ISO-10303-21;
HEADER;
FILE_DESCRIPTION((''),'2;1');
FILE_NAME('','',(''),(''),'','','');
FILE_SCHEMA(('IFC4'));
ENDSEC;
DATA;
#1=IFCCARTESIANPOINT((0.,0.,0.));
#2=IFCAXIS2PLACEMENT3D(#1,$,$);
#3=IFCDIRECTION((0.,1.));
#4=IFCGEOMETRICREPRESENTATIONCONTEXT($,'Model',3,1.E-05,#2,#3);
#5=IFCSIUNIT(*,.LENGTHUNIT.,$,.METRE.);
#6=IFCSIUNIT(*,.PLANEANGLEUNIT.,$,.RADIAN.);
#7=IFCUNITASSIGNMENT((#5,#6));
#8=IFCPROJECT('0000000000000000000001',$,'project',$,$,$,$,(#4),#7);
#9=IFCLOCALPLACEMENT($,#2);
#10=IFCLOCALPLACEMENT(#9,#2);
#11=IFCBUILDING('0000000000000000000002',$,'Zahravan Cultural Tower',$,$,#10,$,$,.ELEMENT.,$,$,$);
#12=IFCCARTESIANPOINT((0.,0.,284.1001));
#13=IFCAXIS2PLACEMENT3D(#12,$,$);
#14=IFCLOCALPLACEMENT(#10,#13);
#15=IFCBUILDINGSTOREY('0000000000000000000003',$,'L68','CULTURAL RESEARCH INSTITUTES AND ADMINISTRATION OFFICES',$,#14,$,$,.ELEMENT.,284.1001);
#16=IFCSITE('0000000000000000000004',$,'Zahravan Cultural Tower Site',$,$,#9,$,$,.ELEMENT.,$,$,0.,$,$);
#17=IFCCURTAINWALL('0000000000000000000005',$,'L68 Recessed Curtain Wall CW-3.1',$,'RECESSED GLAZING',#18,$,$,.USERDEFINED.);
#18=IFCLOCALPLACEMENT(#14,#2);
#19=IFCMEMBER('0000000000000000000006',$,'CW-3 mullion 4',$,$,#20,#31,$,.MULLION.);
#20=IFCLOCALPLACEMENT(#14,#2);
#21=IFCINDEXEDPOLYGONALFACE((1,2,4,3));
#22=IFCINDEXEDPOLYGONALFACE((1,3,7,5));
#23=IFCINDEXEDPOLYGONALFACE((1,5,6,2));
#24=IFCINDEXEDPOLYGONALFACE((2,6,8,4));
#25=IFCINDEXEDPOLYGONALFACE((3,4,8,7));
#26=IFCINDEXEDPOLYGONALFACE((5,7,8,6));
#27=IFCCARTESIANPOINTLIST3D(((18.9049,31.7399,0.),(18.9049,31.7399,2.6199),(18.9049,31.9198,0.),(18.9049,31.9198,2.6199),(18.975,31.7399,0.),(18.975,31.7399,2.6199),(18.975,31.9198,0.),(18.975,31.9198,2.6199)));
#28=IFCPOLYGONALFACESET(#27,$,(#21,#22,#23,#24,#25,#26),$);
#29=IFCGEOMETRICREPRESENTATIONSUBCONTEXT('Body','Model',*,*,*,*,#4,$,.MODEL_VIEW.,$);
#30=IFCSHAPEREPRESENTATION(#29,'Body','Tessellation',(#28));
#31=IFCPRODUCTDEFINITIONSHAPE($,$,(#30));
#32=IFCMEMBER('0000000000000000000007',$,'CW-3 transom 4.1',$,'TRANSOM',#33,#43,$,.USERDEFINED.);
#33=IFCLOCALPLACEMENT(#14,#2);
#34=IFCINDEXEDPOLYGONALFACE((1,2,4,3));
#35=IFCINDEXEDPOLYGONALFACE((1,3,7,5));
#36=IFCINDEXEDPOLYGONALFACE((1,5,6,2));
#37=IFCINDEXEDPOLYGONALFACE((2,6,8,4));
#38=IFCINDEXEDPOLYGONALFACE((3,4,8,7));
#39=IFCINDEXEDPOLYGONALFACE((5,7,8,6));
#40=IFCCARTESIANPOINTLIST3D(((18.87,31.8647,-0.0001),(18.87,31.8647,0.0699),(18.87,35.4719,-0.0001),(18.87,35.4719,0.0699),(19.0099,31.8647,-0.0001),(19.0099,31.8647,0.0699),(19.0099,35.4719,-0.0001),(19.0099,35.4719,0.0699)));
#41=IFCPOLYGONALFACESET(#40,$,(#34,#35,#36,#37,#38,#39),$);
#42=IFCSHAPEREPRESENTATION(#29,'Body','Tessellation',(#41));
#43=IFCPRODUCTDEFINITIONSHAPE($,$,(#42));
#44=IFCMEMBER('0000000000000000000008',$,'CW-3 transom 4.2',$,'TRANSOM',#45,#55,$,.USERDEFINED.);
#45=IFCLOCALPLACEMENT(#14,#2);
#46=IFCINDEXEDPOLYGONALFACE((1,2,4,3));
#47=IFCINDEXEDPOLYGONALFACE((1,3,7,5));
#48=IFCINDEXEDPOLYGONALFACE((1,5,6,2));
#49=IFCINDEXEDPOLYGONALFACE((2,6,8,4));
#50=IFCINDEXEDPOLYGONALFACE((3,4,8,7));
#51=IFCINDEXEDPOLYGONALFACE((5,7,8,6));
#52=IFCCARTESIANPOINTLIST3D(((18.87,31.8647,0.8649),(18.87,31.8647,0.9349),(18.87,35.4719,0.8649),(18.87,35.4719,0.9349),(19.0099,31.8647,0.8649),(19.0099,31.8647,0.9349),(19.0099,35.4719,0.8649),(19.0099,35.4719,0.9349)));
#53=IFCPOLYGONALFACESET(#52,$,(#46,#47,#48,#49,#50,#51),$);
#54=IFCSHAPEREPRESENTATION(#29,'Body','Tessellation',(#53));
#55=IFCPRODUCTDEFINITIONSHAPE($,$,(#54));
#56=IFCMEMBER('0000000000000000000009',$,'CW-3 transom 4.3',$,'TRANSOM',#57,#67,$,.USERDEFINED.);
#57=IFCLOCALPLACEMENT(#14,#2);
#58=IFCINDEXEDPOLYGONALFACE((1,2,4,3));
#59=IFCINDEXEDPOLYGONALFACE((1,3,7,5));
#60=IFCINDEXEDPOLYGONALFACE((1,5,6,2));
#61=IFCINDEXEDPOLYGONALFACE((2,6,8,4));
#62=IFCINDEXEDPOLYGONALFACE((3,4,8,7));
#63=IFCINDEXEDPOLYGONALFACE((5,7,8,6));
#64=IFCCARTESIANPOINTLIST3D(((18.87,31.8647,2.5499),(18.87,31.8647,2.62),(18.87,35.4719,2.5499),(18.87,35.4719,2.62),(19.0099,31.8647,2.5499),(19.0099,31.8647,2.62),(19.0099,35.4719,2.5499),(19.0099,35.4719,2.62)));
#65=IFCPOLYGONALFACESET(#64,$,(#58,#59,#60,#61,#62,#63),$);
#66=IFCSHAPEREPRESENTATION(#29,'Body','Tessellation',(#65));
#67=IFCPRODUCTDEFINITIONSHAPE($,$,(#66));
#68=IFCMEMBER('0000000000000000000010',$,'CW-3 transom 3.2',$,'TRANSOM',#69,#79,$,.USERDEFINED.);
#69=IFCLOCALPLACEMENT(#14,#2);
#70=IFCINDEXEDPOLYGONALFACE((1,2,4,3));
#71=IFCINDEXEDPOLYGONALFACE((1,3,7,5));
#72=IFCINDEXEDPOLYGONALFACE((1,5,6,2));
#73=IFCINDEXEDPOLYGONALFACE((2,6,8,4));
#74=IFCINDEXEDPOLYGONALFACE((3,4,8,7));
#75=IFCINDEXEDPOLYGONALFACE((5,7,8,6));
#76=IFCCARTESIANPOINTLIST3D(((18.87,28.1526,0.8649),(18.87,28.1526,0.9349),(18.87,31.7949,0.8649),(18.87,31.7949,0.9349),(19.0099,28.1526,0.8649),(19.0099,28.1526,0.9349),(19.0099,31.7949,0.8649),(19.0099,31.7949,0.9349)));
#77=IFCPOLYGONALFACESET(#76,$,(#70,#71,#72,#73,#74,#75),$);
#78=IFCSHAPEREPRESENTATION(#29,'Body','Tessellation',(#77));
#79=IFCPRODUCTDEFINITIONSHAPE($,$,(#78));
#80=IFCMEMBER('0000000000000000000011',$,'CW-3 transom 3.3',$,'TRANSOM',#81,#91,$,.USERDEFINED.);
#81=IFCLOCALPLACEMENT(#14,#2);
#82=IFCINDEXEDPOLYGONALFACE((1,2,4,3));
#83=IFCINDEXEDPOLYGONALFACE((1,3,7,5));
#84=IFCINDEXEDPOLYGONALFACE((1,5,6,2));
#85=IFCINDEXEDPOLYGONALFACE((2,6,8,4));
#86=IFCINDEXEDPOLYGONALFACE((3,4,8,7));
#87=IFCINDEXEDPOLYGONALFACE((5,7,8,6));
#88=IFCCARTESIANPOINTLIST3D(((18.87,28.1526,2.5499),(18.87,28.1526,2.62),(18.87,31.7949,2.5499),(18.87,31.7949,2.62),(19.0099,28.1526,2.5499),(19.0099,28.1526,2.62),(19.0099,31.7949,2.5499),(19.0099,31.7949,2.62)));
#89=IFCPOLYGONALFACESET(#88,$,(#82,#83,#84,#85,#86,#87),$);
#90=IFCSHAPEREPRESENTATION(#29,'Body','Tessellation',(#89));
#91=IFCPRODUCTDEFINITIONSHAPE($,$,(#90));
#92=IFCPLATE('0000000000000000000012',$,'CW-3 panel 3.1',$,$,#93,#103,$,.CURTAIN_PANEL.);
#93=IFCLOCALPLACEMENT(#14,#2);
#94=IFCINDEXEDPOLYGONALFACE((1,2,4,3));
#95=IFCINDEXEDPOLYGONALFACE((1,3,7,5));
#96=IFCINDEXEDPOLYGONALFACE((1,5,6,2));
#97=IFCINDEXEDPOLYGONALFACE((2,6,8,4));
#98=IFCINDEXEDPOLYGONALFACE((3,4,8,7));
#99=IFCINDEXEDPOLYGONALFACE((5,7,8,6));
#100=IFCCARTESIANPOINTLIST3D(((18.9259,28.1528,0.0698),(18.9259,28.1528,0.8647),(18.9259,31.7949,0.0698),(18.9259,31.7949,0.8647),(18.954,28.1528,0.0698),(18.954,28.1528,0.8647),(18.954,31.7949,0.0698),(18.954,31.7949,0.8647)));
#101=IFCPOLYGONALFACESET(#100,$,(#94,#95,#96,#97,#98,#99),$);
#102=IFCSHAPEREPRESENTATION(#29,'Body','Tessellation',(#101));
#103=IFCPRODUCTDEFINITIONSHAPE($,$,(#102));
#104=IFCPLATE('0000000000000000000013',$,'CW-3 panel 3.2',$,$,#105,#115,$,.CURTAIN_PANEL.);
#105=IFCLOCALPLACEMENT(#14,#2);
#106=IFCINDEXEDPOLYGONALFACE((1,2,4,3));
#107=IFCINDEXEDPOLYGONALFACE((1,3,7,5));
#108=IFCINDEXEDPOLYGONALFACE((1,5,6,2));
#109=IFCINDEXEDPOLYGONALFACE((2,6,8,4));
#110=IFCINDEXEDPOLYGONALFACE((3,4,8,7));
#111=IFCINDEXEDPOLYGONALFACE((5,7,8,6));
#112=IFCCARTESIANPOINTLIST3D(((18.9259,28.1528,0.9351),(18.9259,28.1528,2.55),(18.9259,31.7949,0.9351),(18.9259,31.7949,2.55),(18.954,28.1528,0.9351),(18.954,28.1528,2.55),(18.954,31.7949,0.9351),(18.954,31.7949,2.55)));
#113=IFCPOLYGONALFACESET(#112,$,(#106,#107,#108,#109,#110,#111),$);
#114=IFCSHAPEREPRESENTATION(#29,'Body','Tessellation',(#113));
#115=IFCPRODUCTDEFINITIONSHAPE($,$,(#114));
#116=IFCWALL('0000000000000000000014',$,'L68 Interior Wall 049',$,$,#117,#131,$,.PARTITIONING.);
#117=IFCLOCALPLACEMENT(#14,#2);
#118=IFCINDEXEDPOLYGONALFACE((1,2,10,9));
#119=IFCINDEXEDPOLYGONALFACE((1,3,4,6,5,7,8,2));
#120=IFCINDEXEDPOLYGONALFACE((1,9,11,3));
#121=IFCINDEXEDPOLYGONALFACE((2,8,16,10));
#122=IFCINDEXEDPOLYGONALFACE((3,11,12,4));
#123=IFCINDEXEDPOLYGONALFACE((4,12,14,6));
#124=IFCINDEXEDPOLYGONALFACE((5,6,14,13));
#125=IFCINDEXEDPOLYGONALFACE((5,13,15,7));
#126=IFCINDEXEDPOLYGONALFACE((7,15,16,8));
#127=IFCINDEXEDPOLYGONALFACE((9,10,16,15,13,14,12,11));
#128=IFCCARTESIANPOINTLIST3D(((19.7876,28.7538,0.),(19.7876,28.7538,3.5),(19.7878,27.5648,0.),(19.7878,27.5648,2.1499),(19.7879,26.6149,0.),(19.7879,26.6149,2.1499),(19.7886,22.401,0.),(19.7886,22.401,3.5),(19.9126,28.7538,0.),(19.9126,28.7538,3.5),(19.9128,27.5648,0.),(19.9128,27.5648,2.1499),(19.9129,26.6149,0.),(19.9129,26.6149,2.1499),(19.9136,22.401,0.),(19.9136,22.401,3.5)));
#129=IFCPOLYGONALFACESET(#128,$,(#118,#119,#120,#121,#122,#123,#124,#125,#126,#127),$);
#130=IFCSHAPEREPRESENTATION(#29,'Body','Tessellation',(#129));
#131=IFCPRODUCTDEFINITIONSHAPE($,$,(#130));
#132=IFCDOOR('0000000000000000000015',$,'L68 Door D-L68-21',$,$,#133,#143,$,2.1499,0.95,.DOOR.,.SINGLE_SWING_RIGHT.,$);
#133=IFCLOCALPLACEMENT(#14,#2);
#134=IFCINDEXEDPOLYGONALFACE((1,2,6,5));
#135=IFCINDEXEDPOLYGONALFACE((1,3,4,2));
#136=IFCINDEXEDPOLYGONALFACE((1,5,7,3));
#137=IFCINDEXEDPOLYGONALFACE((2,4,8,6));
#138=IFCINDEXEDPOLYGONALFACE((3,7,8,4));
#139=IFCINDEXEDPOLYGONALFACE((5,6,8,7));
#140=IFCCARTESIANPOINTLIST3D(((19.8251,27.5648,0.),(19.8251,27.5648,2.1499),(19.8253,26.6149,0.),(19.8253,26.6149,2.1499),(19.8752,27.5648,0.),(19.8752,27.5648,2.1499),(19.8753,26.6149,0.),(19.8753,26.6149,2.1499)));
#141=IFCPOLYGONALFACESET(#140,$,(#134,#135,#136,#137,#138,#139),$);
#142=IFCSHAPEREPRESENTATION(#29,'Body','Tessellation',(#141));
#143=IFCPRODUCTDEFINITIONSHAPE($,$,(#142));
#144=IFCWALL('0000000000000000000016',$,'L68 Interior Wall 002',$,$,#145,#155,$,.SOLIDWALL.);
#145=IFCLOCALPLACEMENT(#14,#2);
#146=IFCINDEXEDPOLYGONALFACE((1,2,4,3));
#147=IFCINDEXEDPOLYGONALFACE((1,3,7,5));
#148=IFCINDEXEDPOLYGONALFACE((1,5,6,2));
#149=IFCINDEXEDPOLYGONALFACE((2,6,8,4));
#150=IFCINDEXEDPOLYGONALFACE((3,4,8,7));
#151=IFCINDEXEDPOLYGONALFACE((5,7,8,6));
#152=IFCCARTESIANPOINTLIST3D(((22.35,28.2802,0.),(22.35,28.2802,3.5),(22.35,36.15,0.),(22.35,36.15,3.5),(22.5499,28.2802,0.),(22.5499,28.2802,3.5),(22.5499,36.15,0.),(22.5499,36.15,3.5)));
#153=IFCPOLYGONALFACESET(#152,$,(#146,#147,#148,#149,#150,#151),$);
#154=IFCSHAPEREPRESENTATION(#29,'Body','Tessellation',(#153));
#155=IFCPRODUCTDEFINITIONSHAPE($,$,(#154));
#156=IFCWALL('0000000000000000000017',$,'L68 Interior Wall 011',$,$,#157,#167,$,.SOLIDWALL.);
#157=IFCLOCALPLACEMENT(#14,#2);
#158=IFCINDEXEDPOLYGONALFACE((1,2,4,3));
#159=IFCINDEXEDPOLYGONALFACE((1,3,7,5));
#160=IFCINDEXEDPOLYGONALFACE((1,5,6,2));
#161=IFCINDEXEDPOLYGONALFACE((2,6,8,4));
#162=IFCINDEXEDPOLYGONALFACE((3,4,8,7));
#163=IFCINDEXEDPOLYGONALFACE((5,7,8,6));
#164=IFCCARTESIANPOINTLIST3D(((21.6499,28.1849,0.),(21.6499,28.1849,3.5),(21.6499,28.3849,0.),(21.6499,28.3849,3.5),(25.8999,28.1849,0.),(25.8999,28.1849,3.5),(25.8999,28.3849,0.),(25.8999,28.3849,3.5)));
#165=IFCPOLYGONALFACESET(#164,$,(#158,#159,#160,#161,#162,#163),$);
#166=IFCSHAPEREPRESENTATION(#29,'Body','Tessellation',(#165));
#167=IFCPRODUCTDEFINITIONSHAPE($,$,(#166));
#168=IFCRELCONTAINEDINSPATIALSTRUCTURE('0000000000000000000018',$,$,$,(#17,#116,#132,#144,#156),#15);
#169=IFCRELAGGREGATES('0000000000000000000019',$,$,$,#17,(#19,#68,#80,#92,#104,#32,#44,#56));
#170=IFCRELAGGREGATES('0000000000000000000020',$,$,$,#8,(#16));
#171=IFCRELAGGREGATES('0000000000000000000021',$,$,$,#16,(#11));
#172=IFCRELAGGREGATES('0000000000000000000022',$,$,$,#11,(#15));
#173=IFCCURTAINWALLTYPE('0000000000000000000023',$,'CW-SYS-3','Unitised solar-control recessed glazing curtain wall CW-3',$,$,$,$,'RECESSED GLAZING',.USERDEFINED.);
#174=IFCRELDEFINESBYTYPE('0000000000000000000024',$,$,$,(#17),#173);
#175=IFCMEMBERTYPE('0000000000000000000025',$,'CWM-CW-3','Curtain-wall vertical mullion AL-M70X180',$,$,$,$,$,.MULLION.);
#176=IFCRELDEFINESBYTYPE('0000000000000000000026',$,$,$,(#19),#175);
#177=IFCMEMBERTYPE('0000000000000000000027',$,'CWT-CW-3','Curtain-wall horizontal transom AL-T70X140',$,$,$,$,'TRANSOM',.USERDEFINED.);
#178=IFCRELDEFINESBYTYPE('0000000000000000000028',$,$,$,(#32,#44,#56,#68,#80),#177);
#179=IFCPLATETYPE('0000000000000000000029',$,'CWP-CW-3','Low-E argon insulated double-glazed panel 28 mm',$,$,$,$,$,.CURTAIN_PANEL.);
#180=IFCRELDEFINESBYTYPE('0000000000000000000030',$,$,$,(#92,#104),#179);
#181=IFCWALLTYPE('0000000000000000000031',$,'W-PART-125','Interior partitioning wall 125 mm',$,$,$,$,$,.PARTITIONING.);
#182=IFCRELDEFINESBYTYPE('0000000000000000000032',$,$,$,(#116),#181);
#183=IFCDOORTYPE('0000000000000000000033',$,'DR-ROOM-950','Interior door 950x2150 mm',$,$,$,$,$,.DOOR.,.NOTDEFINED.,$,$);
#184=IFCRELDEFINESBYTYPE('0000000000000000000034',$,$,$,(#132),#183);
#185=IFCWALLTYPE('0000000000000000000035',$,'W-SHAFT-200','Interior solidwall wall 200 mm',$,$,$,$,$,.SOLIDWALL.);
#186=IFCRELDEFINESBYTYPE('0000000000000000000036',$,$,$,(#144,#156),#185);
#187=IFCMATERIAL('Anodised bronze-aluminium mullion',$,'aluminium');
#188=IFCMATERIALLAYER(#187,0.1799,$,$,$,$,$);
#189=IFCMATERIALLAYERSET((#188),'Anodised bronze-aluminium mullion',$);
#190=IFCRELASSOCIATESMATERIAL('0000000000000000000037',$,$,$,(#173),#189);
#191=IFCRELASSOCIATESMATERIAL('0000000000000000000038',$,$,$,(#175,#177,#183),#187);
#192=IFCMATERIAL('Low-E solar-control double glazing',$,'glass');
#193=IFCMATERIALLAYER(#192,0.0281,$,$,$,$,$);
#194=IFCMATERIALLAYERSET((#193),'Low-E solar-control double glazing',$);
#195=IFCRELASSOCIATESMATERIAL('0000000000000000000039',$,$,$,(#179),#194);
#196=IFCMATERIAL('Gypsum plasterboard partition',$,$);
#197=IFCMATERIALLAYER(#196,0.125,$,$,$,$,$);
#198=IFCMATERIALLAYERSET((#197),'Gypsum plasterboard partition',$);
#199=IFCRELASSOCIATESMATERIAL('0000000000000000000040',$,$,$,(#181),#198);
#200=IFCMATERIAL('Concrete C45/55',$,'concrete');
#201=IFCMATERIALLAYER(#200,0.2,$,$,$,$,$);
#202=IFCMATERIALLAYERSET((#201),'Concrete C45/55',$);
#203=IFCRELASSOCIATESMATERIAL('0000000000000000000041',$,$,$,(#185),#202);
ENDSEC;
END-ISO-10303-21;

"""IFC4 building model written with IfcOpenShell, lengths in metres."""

from ifc_helpers import new_model, si_unit, direction, frame, frame_2d, origin, origin_2d, place, context, subcontext, project, spatial, rectangle, extrude, source, transform, mapped, material, layer, layer_set, material_profile, profile_set, type_object, element, fill, aggregate, save


model = new_model("IFC4")

# Units and contexts
model_context = context("Model", 3, precision=1e-05, world=origin(), true_north=direction((0.0, 1.0)))
body_context = subcontext(model_context, "Body", "Model", "MODEL_VIEW")
ifc_project = project(units=[si_unit("LENGTHUNIT", "METRE"), si_unit("PLANEANGLEUNIT", "RADIAN")], contexts=[model_context])

# Site, building, storey
site_placement = place(None, origin())
site = spatial("IfcSite", under=ifc_project, at=site_placement, Name="Zahravan Cultural Tower Site", CompositionType="ELEMENT", RefElevation=0.0)
building_placement = place(site_placement, origin())
building = spatial("IfcBuilding", under=site, at=building_placement, Name="Zahravan Cultural Tower", CompositionType="ELEMENT")
storey_placement = place(building_placement, frame((0.0, 0.0, 284.1001)))
storey = spatial("IfcBuildingStorey", under=building, at=storey_placement, Name="L68", Description="CULTURAL RESEARCH INSTITUTES AND ADMINISTRATION OFFICES", CompositionType="ELEMENT", Elevation=284.1001)

# Curtain wall, members, plates
ifc_material_1 = material(Name="Anodised bronze-aluminium mullion", Category="aluminium")
ifc_layer_1 = layer(ifc_material_1, 0.1799)
ifc_layer_set_1 = layer_set([ifc_layer_1], Name="Anodised bronze-aluminium mullion")
curtain_wall_type = type_object("IfcCurtainWallType", Name="CW-SYS-3", Description="Unitised solar-control recessed glazing curtain wall CW-3", ElementType="RECESSED GLAZING", PredefinedType="USERDEFINED", material=ifc_layer_set_1)
curtain_wall_placement = place(storey_placement, origin())
curtain_wall = element("IfcCurtainWall", 1, at=curtain_wall_placement, inside=storey, type_object=curtain_wall_type, Name="L68 Recessed Curtain Wall CW-3.1", ObjectType="RECESSED GLAZING", PredefinedType="USERDEFINED")
ifc_material_profile_1 = material_profile(ifc_material_1, rectangle(XDim=0.0701, YDim=0.1799, at=origin_2d()), Name="AL-M70X180")
ifc_profile_set_1 = profile_set([ifc_material_profile_1], Name="Anodised bronze-aluminium mullion")
member_type_1 = type_object("IfcMemberType", Name="CWM-CW-3", Description="Curtain-wall vertical mullion AL-M70X180", PredefinedType="MULLION", material=ifc_profile_set_1)
shared_shape_1 = source(origin(), body_context, "Body", "SweptSolid", [
    extrude(rectangle(XDim=0.0701, YDim=0.1799, at=origin_2d()), origin(), (0.0, 0.0, 1.0), 2.6199),
])
member_1_placement = place(storey_placement, frame((18.9399, 31.8298, 0.0), z_axis=(0.0, 0.0, 1.0), x_axis=(-1.0, 0.0, 0.0)))
member_1 = element("IfcMember", 2, at=member_1_placement, type_object=member_type_1, Name="CW-3 mullion 4", PredefinedType="MULLION", context=body_context, shape_type="MappedRepresentation", body=[
    mapped(shared_shape_1, transform((0.0, 0.0, 0.0), x_axis=(1.0, 0.0, 0.0), y_axis=(0.0, 1.0, 0.0), z_axis=(0.0, 0.0, 1.0), scale=1.0)),
])
ifc_material_profile_2 = material_profile(ifc_material_1, rectangle(XDim=0.1399, YDim=0.0701, at=origin_2d()), Name="AL-T70X140")
ifc_profile_set_2 = profile_set([ifc_material_profile_2], Name="Anodised bronze-aluminium mullion")
member_type_2 = type_object("IfcMemberType", Name="CWT-CW-3", Description="Curtain-wall horizontal transom AL-T70X140", ElementType="TRANSOM", PredefinedType="USERDEFINED", material=ifc_profile_set_2)
shared_shape_2 = source(origin(), body_context, "Body", "SweptSolid", [
    extrude(rectangle(XDim=0.1399, YDim=0.0701, at=origin_2d()), origin(), (0.0, 0.0, 1.0), 3.6072),
])
member_2_placement = place(storey_placement, frame((18.9399, 31.8647, 0.0349), z_axis=(0.0, 1.0, 0.0), x_axis=(-1.0, 0.0, 0.0)))
member_2 = element("IfcMember", 3, at=member_2_placement, type_object=member_type_2, Name="CW-3 transom 4.1", ObjectType="TRANSOM", PredefinedType="USERDEFINED", context=body_context, shape_type="MappedRepresentation", body=[
    mapped(shared_shape_2, transform((0.0, 0.0, 0.0), x_axis=(1.0, 0.0, 0.0), y_axis=(0.0, 1.0, 0.0), z_axis=(0.0, 0.0, 1.0), scale=1.0)),
])
member_3_placement = place(storey_placement, frame((18.9399, 31.8647, 0.8999), z_axis=(0.0, 1.0, 0.0), x_axis=(-1.0, 0.0, 0.0)))
member_3 = element("IfcMember", 4, at=member_3_placement, type_object=member_type_2, Name="CW-3 transom 4.2", ObjectType="TRANSOM", PredefinedType="USERDEFINED", context=body_context, shape_type="MappedRepresentation", body=[
    mapped(shared_shape_2, transform((0.0, 0.0, 0.0), x_axis=(1.0, 0.0, 0.0), y_axis=(0.0, 1.0, 0.0), z_axis=(0.0, 0.0, 1.0), scale=1.0)),
])
member_4_placement = place(storey_placement, frame((18.9399, 31.8647, 2.585), z_axis=(0.0, 1.0, 0.0), x_axis=(-1.0, 0.0, 0.0)))
member_4 = element("IfcMember", 5, at=member_4_placement, type_object=member_type_2, Name="CW-3 transom 4.3", ObjectType="TRANSOM", PredefinedType="USERDEFINED", context=body_context, shape_type="MappedRepresentation", body=[
    mapped(shared_shape_2, transform((0.0, 0.0, 0.0), x_axis=(1.0, 0.0, 0.0), y_axis=(0.0, 1.0, 0.0), z_axis=(0.0, 0.0, 1.0), scale=1.0)),
])
shared_shape_3 = source(origin(), body_context, "Body", "SweptSolid", [
    extrude(rectangle(XDim=0.1399, YDim=0.0701, at=origin_2d()), origin(), (0.0, 0.0, 1.0), 3.6423),
])
member_5_placement = place(storey_placement, frame((18.9399, 28.1526, 0.8999), z_axis=(0.0, 1.0, 0.0), x_axis=(-1.0, 0.0, 0.0)))
member_5 = element("IfcMember", 6, at=member_5_placement, type_object=member_type_2, Name="CW-3 transom 3.2", ObjectType="TRANSOM", PredefinedType="USERDEFINED", context=body_context, shape_type="MappedRepresentation", body=[
    mapped(shared_shape_3, transform((0.0, 0.0, 0.0), x_axis=(1.0, 0.0, 0.0), y_axis=(0.0, 1.0, 0.0), z_axis=(0.0, 0.0, 1.0), scale=1.0)),
])
member_6_placement = place(storey_placement, frame((18.9399, 28.1526, 2.585), z_axis=(0.0, 1.0, 0.0), x_axis=(-1.0, 0.0, 0.0)))
member_6 = element("IfcMember", 7, at=member_6_placement, type_object=member_type_2, Name="CW-3 transom 3.3", ObjectType="TRANSOM", PredefinedType="USERDEFINED", context=body_context, shape_type="MappedRepresentation", body=[
    mapped(shared_shape_3, transform((0.0, 0.0, 0.0), x_axis=(1.0, 0.0, 0.0), y_axis=(0.0, 1.0, 0.0), z_axis=(0.0, 0.0, 1.0), scale=1.0)),
])
ifc_material_2 = material(Name="Low-E solar-control double glazing", Category="glass")
ifc_layer_2 = layer(ifc_material_2, 0.0281)
ifc_layer_set_2 = layer_set([ifc_layer_2], Name="Low-E solar-control double glazing")
plate_type = type_object("IfcPlateType", Name="CWP-CW-3", Description="Low-E argon insulated double-glazed panel 28 mm", PredefinedType="CURTAIN_PANEL", material=ifc_layer_set_2)
shared_shape_4 = source(origin(), body_context, "Body", "SweptSolid", [
    extrude(rectangle(XDim=3.6421, YDim=0.0281, at=origin_2d()), origin(), (0.0, 0.0, 1.0), 0.7949),
])
plate_1_placement = place(storey_placement, frame((18.9399, 29.9739, 0.0698), z_axis=(0.0, 0.0, 1.0), x_axis=(0.0, 1.0, 0.0)))
plate_1 = element("IfcPlate", 8, at=plate_1_placement, type_object=plate_type, Name="CW-3 panel 3.1", PredefinedType="CURTAIN_PANEL", context=body_context, shape_type="MappedRepresentation", body=[
    mapped(shared_shape_4, transform((0.0, 0.0, 0.0), x_axis=(1.0, 0.0, 0.0), y_axis=(0.0, 1.0, 0.0), z_axis=(0.0, 0.0, 1.0), scale=1.0)),
])
shared_shape_5 = source(origin(), body_context, "Body", "SweptSolid", [
    extrude(rectangle(XDim=3.6421, YDim=0.0281, at=origin_2d()), origin(), (0.0, 0.0, 1.0), 1.615),
])
plate_2_placement = place(storey_placement, frame((18.9399, 29.9739, 0.9351), z_axis=(0.0, 0.0, 1.0), x_axis=(0.0, 1.0, 0.0)))
plate_2 = element("IfcPlate", 9, at=plate_2_placement, type_object=plate_type, Name="CW-3 panel 3.2", PredefinedType="CURTAIN_PANEL", context=body_context, shape_type="MappedRepresentation", body=[
    mapped(shared_shape_5, transform((0.0, 0.0, 0.0), x_axis=(1.0, 0.0, 0.0), y_axis=(0.0, 1.0, 0.0), z_axis=(0.0, 0.0, 1.0), scale=1.0)),
])
aggregate(curtain_wall, [member_1, member_5, member_6, plate_1, plate_2, member_2, member_3, member_4])

# Wall, opening, door
ifc_material_3 = material(Name="Gypsum plasterboard partition")
ifc_layer_3 = layer(ifc_material_3, 0.125)
ifc_layer_set_3 = layer_set([ifc_layer_3], Name="Gypsum plasterboard partition")
wall_type_1 = type_object("IfcWallType", Name="W-PART-125", Description="Interior partitioning wall 125 mm", PredefinedType="PARTITIONING", material=ifc_layer_set_3)
wall_1_placement = place(storey_placement, frame((19.8501, 28.7537, 0.0), z_axis=(0.0, 0.0, 1.0), x_axis=(0.000154, -1.0, 0.0)))
wall_1 = element("IfcWall", 10, at=wall_1_placement, inside=storey, type_object=wall_type_1, Name="L68 Interior Wall 049", PredefinedType="PARTITIONING", context=body_context, shape_type="SweptSolid", body=[
    extrude(rectangle(XDim=6.3528, YDim=0.125, at=frame_2d((3.1763, 0.0))), origin(), (0.0, 0.0, 1.0), 3.5),
])
opening_1_placement = place(wall_1_placement, frame((1.1887, 0.0, 0.0)))
opening_1 = element("IfcOpeningElement", 11, at=opening_1_placement, cuts=wall_1, PredefinedType="OPENING", context=body_context, shape_type="SweptSolid", body=[
    extrude(rectangle(XDim=0.95, YDim=2.1499, at=frame_2d((0.4751, 1.075))), frame((0.0, 0.0725, 0.0), z_axis=(0.0, -1.0, 0.0), x_axis=(1.0, 0.0, 0.0)), (0.0, 0.0, 1.0), 0.145),
])
door_type = type_object("IfcDoorType", Name="DR-ROOM-950", Description="Interior door 950x2150 mm", OperationType="NOTDEFINED", PredefinedType="DOOR", material=ifc_material_1)
shared_shape_6 = source(origin(), body_context, "Body", "SweptSolid", [
    extrude(rectangle(XDim=0.95, YDim=2.1499, at=frame_2d((0.4751, 1.075))), frame((0.0, 0.0249, 0.0), z_axis=(0.0, -1.0, 0.0), x_axis=(1.0, 0.0, 0.0)), (0.0, 0.0, 1.0), 0.05),
])
door_1_placement = place(opening_1_placement, origin())
door_1 = element("IfcDoor", 12, at=door_1_placement, inside=storey, type_object=door_type, Name="L68 Door D-L68-21", OperationType="SINGLE_SWING_RIGHT", OverallHeight=2.1499, OverallWidth=0.95, PredefinedType="DOOR", context=body_context, shape_type="MappedRepresentation", body=[
    mapped(shared_shape_6, transform((0.0, 0.0, 0.0), x_axis=(1.0, 0.0, 0.0), y_axis=(0.0, 1.0, 0.0), z_axis=(0.0, 0.0, 1.0), scale=1.0)),
])
fill(opening_1, door_1)

# Walls
ifc_material_4 = material(Name="Concrete C45/55", Category="concrete")
ifc_layer_4 = layer(ifc_material_4, 0.2)
ifc_layer_set_4 = layer_set([ifc_layer_4], Name="Concrete C45/55")
wall_type_2 = type_object("IfcWallType", Name="W-SHAFT-200", Description="Interior solidwall wall 200 mm", PredefinedType="SOLIDWALL", material=ifc_layer_set_4)
shared_shape_7 = source(origin(), body_context, "Body", "SweptSolid", [
    extrude(rectangle(XDim=7.8699, YDim=0.2, at=frame_2d((3.9351, 0.0))), origin(), (0.0, 0.0, 1.0), 3.5),
])
wall_2_placement = place(storey_placement, frame((22.45, 28.28, 0.0), z_axis=(0.0, 0.0, 1.0), x_axis=(0.0, 1.0, 0.0)))
element("IfcWall", 13, at=wall_2_placement, inside=storey, type_object=wall_type_2, Name="L68 Interior Wall 002", PredefinedType="SOLIDWALL", context=body_context, shape_type="MappedRepresentation", body=[
    mapped(shared_shape_7, transform((0.0, 0.0, 0.0), x_axis=(1.0, 0.0, 0.0), y_axis=(0.0, 1.0, 0.0), z_axis=(0.0, 0.0, 1.0), scale=1.0)),
])
shared_shape_8 = source(origin(), body_context, "Body", "SweptSolid", [
    extrude(rectangle(XDim=4.25, YDim=0.2, at=frame_2d((2.125, 0.0))), origin(), (0.0, 0.0, 1.0), 3.5),
])
wall_3_placement = place(storey_placement, frame((21.6499, 28.2849, 0.0), z_axis=(0.0, 0.0, 1.0), x_axis=(1.0, 0.0, 0.0)))
element("IfcWall", 14, at=wall_3_placement, inside=storey, type_object=wall_type_2, Name="L68 Interior Wall 011", PredefinedType="SOLIDWALL", context=body_context, shape_type="MappedRepresentation", body=[
    mapped(shared_shape_8, transform((0.0, 0.0, 0.0), x_axis=(1.0, 0.0, 0.0), y_axis=(0.0, 1.0, 0.0), z_axis=(0.0, 0.0, 1.0), scale=1.0)),
])

save(model, "model.ifc")
